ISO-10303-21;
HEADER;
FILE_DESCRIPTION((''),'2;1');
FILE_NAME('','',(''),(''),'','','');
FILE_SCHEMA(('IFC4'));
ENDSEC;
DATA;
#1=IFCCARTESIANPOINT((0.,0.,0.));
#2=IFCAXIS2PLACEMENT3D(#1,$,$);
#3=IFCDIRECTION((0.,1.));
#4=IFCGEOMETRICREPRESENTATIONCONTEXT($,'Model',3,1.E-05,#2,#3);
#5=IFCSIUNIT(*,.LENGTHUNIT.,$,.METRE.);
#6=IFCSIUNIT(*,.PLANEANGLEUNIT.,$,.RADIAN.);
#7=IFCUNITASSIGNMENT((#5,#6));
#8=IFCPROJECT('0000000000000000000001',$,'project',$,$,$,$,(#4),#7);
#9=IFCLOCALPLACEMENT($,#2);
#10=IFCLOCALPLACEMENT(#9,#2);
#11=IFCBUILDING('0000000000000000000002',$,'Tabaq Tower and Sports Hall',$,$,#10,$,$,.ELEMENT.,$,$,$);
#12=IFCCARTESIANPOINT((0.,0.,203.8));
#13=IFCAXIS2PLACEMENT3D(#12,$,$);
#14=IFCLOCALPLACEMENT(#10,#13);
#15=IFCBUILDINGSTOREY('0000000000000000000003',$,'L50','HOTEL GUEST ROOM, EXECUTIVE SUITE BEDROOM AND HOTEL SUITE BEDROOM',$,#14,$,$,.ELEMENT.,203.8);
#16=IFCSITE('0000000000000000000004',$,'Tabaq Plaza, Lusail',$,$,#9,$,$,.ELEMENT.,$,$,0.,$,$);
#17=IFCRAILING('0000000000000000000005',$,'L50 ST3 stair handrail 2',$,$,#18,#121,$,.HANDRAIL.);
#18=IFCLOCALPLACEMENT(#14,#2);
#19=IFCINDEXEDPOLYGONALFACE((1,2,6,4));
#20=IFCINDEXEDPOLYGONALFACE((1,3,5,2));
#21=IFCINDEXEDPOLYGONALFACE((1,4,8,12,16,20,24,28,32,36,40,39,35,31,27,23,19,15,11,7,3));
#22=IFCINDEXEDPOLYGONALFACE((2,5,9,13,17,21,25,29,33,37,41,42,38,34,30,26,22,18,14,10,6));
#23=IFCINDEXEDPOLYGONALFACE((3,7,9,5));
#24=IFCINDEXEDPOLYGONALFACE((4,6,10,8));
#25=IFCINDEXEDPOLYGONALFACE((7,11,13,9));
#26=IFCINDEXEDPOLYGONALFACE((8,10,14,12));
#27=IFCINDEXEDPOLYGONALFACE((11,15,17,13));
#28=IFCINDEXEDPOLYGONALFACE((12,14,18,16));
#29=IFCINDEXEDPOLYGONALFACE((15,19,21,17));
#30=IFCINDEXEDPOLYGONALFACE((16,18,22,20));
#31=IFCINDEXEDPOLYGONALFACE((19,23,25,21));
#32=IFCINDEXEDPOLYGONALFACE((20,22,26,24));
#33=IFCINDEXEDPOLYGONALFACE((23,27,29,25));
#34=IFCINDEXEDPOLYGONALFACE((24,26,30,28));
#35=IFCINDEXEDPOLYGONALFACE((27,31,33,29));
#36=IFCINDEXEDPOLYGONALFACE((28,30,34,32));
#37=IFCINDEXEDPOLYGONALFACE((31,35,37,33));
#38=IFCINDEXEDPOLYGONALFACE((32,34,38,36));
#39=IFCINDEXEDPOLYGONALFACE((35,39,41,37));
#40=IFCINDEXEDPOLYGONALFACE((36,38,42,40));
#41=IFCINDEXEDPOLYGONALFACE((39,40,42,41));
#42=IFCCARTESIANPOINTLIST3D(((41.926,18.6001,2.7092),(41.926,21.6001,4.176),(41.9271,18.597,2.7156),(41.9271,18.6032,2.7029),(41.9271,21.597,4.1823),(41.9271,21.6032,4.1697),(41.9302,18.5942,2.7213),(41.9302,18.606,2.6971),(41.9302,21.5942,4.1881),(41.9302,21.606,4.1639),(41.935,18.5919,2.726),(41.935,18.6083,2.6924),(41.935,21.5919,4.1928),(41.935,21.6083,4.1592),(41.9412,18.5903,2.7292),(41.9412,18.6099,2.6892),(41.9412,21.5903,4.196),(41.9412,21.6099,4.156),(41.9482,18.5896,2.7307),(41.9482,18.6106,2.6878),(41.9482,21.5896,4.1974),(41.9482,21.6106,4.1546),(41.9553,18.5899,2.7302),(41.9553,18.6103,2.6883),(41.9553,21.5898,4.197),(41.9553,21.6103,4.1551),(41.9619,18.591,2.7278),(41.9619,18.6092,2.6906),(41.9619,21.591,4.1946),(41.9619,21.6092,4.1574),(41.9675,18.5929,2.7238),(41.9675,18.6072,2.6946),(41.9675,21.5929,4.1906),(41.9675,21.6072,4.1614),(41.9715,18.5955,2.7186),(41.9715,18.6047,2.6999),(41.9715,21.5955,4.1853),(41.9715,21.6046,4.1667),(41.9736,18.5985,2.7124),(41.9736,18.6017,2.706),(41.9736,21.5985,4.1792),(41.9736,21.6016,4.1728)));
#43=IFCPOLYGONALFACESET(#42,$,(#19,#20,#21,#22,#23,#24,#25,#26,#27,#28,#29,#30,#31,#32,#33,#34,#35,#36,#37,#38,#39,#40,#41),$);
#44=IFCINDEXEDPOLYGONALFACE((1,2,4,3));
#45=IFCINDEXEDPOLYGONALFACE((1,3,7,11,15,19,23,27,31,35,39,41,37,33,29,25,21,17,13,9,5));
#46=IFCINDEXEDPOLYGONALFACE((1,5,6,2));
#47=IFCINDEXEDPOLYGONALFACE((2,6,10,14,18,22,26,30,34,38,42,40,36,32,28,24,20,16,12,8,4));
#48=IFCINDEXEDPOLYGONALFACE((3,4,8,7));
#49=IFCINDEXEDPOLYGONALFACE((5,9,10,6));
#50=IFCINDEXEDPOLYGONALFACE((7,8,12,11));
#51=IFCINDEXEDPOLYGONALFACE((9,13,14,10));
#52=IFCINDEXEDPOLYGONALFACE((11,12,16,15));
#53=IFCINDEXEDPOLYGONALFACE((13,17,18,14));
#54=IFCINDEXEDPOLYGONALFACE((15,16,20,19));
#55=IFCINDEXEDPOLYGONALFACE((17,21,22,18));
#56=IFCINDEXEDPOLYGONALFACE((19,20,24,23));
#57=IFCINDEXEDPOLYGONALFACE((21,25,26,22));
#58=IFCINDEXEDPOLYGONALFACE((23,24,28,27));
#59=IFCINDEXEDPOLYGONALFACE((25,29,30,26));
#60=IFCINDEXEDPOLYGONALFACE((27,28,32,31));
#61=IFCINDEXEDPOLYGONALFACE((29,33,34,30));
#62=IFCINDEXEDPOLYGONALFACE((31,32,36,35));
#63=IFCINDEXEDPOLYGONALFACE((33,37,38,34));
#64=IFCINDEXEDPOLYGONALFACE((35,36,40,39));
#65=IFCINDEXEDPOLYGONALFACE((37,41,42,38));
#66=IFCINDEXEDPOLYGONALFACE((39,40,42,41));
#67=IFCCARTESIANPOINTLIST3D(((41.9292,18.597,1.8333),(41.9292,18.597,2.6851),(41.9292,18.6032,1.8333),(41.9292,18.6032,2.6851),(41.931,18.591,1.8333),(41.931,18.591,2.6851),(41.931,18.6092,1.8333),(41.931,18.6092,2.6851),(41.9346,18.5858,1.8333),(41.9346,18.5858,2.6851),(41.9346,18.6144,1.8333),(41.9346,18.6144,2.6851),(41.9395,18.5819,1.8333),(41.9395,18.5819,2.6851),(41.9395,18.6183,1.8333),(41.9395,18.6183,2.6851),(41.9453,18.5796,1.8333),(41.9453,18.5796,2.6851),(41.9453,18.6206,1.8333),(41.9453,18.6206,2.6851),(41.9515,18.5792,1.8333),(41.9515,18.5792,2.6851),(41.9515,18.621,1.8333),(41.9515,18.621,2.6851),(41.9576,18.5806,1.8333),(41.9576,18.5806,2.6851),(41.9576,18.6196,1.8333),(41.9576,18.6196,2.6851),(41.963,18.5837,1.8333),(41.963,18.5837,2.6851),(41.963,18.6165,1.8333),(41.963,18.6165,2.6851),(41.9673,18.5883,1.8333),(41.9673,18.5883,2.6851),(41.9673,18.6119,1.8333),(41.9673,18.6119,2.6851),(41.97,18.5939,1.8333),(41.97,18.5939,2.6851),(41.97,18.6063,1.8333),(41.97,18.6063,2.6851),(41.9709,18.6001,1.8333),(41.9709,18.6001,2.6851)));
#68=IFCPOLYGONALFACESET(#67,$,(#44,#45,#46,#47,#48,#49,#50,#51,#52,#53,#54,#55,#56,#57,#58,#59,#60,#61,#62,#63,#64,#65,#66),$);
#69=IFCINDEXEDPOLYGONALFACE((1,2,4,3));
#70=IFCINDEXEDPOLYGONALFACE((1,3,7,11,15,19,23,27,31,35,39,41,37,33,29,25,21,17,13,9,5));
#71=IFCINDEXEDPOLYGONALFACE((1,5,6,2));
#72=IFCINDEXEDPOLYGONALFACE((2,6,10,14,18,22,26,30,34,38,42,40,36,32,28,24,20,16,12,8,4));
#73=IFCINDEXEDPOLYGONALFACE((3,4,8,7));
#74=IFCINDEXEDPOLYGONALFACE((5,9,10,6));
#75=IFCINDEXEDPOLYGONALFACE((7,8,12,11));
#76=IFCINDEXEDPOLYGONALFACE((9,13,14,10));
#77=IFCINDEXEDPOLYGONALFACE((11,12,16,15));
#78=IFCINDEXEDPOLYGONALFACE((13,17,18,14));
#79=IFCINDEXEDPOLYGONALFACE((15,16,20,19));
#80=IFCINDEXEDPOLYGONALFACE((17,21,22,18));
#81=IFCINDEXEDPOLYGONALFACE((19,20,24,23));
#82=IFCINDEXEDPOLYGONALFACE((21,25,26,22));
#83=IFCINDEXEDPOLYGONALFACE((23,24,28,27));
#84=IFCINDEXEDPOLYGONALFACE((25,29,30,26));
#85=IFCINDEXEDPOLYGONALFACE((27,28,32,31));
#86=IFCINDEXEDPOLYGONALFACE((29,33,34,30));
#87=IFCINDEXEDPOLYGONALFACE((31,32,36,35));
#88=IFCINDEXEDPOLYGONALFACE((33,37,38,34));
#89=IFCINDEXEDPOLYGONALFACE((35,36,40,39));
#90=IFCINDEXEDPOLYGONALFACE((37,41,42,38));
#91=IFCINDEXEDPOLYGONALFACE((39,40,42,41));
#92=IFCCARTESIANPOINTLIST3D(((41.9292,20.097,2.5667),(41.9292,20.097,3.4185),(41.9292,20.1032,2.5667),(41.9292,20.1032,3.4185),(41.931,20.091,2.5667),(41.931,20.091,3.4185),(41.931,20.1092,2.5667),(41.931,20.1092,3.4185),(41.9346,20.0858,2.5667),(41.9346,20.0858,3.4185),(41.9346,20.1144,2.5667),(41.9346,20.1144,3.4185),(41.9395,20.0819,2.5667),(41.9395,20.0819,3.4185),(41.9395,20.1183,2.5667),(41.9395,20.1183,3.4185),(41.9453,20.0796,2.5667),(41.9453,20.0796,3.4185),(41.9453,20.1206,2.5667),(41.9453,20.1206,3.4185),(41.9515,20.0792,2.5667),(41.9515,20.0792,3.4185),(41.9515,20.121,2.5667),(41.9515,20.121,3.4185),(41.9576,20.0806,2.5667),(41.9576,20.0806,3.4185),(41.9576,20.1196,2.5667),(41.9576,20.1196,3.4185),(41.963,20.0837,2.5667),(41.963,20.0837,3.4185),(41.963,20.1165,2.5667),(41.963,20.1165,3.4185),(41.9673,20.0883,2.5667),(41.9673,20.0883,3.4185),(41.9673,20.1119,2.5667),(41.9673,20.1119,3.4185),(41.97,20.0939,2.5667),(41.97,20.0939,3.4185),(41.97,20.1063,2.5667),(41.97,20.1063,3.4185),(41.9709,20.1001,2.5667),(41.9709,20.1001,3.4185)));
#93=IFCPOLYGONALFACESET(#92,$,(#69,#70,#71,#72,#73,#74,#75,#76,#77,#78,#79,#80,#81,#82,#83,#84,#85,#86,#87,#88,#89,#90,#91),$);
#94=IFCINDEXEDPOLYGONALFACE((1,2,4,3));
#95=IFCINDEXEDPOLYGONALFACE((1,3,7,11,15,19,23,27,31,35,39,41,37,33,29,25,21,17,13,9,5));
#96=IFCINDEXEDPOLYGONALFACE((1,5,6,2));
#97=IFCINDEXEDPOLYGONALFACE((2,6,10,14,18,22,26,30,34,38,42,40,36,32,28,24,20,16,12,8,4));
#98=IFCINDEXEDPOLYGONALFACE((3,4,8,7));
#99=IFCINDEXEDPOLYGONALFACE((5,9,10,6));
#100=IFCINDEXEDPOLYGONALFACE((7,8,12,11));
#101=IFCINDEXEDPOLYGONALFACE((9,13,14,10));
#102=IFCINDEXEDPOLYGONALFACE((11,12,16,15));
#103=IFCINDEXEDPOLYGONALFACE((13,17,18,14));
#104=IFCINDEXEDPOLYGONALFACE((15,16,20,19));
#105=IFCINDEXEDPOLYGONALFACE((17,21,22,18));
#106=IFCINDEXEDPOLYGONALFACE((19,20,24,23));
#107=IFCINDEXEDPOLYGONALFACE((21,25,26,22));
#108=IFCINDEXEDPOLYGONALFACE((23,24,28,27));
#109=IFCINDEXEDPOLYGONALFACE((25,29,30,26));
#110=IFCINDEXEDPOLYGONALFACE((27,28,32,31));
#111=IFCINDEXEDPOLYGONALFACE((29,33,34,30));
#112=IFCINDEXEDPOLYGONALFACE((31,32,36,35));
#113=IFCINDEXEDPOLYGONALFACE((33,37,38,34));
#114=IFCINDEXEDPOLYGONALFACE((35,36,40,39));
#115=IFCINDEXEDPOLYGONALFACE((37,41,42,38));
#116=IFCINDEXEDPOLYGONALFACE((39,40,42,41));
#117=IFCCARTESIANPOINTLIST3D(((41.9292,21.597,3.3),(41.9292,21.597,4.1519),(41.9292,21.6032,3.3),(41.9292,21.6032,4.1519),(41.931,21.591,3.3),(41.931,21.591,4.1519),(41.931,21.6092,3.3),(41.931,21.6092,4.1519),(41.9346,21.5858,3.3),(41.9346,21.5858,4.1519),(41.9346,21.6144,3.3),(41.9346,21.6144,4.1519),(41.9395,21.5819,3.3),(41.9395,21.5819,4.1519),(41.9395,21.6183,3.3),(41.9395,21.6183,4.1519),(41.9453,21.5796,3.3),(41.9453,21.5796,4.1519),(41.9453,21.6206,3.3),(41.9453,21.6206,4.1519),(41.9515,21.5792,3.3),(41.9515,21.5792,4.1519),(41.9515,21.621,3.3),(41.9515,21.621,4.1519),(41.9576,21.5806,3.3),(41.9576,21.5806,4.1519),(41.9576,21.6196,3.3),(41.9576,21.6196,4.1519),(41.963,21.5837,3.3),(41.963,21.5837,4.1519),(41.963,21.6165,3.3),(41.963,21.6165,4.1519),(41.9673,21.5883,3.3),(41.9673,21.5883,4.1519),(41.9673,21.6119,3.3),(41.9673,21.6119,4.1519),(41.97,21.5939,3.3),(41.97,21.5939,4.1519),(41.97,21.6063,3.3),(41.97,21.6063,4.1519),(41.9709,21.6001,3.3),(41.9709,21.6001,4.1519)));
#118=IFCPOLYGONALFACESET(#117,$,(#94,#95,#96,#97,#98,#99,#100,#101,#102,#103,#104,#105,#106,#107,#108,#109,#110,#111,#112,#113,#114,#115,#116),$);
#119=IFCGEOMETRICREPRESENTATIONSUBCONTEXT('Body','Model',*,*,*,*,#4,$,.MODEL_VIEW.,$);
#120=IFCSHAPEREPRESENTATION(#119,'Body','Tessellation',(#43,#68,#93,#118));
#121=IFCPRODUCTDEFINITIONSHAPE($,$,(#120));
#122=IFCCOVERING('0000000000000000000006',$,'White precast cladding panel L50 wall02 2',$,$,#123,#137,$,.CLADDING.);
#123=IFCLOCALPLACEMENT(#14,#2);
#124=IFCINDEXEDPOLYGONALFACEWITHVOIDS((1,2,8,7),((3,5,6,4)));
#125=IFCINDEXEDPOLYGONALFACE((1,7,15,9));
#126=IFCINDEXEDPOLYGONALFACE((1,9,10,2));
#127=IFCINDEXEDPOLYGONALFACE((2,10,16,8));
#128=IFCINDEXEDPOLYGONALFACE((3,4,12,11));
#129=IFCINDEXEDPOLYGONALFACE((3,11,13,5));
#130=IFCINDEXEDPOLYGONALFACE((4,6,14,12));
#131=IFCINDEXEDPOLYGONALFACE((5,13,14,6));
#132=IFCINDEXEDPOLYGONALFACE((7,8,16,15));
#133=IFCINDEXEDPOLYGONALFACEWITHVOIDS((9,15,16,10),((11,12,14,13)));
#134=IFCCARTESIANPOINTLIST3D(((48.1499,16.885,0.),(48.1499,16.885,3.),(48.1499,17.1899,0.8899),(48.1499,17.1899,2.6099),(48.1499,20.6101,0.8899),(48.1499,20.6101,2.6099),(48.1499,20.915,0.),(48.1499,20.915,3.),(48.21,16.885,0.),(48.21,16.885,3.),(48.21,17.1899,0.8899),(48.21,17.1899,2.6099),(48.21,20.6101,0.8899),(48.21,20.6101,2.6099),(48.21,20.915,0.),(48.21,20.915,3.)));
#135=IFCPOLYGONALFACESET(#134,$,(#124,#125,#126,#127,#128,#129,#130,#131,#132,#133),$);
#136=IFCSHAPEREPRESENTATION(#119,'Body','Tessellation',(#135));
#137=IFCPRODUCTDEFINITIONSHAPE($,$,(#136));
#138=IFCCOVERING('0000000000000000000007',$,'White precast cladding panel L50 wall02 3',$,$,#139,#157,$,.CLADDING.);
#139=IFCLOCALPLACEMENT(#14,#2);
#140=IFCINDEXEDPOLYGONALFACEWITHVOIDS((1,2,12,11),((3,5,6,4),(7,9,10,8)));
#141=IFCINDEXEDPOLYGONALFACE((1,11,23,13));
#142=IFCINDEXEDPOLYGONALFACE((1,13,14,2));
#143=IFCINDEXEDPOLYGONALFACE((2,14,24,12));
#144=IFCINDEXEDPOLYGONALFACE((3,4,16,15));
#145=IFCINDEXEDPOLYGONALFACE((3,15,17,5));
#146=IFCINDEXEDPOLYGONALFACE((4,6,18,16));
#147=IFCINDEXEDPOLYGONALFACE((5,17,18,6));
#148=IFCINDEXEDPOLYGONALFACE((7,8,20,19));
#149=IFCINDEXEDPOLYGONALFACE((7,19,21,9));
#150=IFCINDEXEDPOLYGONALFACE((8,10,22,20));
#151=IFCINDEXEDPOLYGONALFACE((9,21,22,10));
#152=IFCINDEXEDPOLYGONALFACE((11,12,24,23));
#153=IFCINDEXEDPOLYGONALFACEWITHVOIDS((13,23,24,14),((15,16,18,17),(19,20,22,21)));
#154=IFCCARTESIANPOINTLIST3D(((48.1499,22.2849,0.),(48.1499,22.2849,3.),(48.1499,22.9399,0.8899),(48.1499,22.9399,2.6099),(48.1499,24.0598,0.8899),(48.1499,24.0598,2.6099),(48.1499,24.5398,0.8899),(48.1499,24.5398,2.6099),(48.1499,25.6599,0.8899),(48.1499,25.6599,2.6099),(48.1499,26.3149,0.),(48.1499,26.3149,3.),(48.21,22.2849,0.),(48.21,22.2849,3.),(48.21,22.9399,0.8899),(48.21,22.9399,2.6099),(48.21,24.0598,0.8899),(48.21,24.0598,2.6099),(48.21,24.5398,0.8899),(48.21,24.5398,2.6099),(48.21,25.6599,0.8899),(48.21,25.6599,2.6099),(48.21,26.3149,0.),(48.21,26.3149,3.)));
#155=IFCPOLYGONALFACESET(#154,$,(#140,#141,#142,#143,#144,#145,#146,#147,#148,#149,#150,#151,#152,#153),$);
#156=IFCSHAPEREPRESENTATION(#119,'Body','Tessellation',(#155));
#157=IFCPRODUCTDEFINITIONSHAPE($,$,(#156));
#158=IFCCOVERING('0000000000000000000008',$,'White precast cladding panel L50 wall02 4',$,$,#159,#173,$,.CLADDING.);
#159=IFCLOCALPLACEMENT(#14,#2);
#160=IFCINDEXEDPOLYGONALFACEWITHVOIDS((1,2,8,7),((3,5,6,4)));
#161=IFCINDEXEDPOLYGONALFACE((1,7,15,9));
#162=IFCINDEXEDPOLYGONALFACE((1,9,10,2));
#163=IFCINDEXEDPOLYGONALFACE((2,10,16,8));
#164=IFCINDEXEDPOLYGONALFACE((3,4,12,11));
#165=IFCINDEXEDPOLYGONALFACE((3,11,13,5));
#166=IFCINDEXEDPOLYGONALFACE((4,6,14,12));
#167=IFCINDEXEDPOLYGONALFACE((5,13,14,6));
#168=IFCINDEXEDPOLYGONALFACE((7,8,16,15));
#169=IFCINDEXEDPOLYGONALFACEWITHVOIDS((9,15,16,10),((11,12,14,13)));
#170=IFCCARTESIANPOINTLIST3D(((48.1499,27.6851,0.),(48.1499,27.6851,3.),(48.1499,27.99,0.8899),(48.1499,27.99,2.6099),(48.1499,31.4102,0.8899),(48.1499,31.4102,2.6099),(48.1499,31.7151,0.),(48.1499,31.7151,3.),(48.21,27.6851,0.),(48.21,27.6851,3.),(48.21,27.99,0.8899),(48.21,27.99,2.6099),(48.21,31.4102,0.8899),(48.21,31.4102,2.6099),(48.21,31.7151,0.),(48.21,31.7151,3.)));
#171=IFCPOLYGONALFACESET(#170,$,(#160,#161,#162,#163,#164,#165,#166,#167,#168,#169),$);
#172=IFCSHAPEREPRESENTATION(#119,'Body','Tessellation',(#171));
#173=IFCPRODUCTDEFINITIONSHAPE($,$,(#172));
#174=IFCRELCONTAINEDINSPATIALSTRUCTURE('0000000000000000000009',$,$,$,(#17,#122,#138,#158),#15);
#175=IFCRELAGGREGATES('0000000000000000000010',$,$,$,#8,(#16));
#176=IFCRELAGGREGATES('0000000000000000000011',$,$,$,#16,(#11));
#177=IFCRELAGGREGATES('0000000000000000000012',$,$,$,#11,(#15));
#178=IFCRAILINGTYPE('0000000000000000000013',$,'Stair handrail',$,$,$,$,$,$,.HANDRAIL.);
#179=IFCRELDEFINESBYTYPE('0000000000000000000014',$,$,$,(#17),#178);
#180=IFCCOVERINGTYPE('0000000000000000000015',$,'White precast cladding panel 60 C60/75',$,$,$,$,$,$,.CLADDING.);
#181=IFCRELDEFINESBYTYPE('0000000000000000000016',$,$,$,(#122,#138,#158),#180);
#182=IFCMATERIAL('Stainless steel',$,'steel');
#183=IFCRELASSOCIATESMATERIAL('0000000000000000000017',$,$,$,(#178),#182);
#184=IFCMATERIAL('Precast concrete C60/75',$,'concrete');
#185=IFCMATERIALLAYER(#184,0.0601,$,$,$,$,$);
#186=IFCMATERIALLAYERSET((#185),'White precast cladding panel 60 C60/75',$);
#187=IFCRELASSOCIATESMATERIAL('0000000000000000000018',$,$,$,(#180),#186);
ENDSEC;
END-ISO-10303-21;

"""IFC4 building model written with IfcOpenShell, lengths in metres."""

from ifc_helpers import new_model, si_unit, direction, frame, origin, origin_2d, place, context, subcontext, project, spatial, polyline, circle, outline, extrude, material, layer, layer_set, type_object, element, save


model = new_model("IFC4")

# Units and contexts
model_context = context("Model", 3, precision=1e-05, world=origin(), true_north=direction((0.0, 1.0)))
body_context = subcontext(model_context, "Body", "Model", "MODEL_VIEW")
ifc_project = project(units=[si_unit("LENGTHUNIT", "METRE"), si_unit("PLANEANGLEUNIT", "RADIAN")], contexts=[model_context])

# Site, building, storey
site_placement = place(None, origin())
site = spatial("IfcSite", under=ifc_project, at=site_placement, Name="Tabaq Plaza, Lusail", CompositionType="ELEMENT", RefElevation=0.0)
building_placement = place(site_placement, origin())
building = spatial("IfcBuilding", under=site, at=building_placement, Name="Tabaq Tower and Sports Hall", CompositionType="ELEMENT")
storey_placement = place(building_placement, frame((0.0, 0.0, 203.8)))
storey = spatial("IfcBuildingStorey", under=building, at=storey_placement, Name="L50", Description="HOTEL GUEST ROOM, EXECUTIVE SUITE BEDROOM AND HOTEL SUITE BEDROOM", CompositionType="ELEMENT", Elevation=203.8)

# Railing
ifc_material_1 = material(Name="Stainless steel", Category="steel")
railing_type_1 = type_object("IfcRailingType", Name="Stair handrail", PredefinedType="HANDRAIL", material=ifc_material_1)
railing_1_placement = place(storey_placement, frame((41.95, 18.6001, 1.8333)))
element("IfcRailing", 1, at=railing_1_placement, inside=storey, type_object=railing_type_1, Name="L50 ST3 stair handrail 2", PredefinedType="HANDRAIL", context=body_context, shape_type="SweptSolid", body=[
    extrude(circle(Radius=0.0239, at=origin_2d()), frame((0.0, 0.0, 0.876), z_axis=(0.0, 0.898369, 0.439242), x_axis=(-1.0, 0.0, 0.0)), (0.0, 0.0, 1.0), 3.3394),
    extrude(circle(Radius=0.021, at=origin_2d()), origin(), (0.0, 0.0, 1.0), 0.8518),
    extrude(circle(Radius=0.021, at=origin_2d()), frame((0.0, 1.5, 0.7334)), (0.0, 0.0, 1.0), 0.8518),
    extrude(circle(Radius=0.021, at=origin_2d()), frame((0.0, 3.0, 1.4668)), (0.0, 0.0, 1.0), 0.8518),
])

# Coverings
ifc_material_2 = material(Name="Precast concrete C60/75", Category="concrete")
ifc_layer_1 = layer(ifc_material_2, 0.0601)
ifc_layer_set_1 = layer_set([ifc_layer_1], Name="White precast cladding panel 60 C60/75")
covering_type_1 = type_object("IfcCoveringType", Name="White precast cladding panel 60 C60/75", PredefinedType="CLADDING", material=ifc_layer_set_1)
covering_1_placement = place(storey_placement, frame((48.1799, 16.885, 0.0), z_axis=(0.0, 0.0, 1.0), x_axis=(0.0, 1.0, 0.0)))
element("IfcCovering", 2, at=covering_1_placement, inside=storey, type_object=covering_type_1, Name="White precast cladding panel L50 wall02 2", PredefinedType="CLADDING", context=body_context, shape_type="SweptSolid", body=[
    extrude(outline(polyline([(0.0, 0.0), (4.03, 0.0), (4.03, 3.0), (0.0, 3.0), (0.0, 0.0)]), holes=[polyline([(0.3049, 0.8899), (0.3049, 2.6099), (3.7251, 2.6099), (3.7251, 0.8899), (0.3049, 0.8899)])]), frame((0.0, 0.03, 0.0), z_axis=(0.0, -1.0, 0.0), x_axis=(1.0, 0.0, 0.0)), (0.0, 0.0, 1.0), 0.0601),
])
covering_2_placement = place(storey_placement, frame((48.1799, 22.2849, 0.0), z_axis=(0.0, 0.0, 1.0), x_axis=(0.0, 1.0, 0.0)))
element("IfcCovering", 3, at=covering_2_placement, inside=storey, type_object=covering_type_1, Name="White precast cladding panel L50 wall02 3", PredefinedType="CLADDING", context=body_context, shape_type="SweptSolid", body=[
    extrude(outline(polyline([(0.0, 0.0), (4.03, 0.0), (4.03, 3.0), (0.0, 3.0), (0.0, 0.0)]), holes=[polyline([(0.655, 2.6099), (1.7749, 2.6099), (1.7749, 0.8899), (0.655, 0.8899), (0.655, 2.6099)]), polyline([(2.2549, 2.6099), (3.375, 2.6099), (3.375, 0.8899), (2.2549, 0.8899), (2.2549, 2.6099)])]), frame((0.0, 0.03, 0.0), z_axis=(0.0, -1.0, 0.0), x_axis=(1.0, 0.0, 0.0)), (0.0, 0.0, 1.0), 0.0601),
])
covering_3_placement = place(storey_placement, frame((48.1799, 27.6851, 0.0), z_axis=(0.0, 0.0, 1.0), x_axis=(0.0, 1.0, 0.0)))
element("IfcCovering", 4, at=covering_3_placement, inside=storey, type_object=covering_type_1, Name="White precast cladding panel L50 wall02 4", PredefinedType="CLADDING", context=body_context, shape_type="SweptSolid", body=[
    extrude(outline(polyline([(0.0, 0.0), (4.03, 0.0), (4.03, 3.0), (0.0, 3.0), (0.0, 0.0)]), holes=[polyline([(0.3049, 0.8899), (0.3049, 2.6099), (3.7251, 2.6099), (3.7251, 0.8899), (0.3049, 0.8899)])]), frame((0.0, 0.03, 0.0), z_axis=(0.0, -1.0, 0.0), x_axis=(1.0, 0.0, 0.0)), (0.0, 0.0, 1.0), 0.0601),
])

save(model, "model.ifc")
